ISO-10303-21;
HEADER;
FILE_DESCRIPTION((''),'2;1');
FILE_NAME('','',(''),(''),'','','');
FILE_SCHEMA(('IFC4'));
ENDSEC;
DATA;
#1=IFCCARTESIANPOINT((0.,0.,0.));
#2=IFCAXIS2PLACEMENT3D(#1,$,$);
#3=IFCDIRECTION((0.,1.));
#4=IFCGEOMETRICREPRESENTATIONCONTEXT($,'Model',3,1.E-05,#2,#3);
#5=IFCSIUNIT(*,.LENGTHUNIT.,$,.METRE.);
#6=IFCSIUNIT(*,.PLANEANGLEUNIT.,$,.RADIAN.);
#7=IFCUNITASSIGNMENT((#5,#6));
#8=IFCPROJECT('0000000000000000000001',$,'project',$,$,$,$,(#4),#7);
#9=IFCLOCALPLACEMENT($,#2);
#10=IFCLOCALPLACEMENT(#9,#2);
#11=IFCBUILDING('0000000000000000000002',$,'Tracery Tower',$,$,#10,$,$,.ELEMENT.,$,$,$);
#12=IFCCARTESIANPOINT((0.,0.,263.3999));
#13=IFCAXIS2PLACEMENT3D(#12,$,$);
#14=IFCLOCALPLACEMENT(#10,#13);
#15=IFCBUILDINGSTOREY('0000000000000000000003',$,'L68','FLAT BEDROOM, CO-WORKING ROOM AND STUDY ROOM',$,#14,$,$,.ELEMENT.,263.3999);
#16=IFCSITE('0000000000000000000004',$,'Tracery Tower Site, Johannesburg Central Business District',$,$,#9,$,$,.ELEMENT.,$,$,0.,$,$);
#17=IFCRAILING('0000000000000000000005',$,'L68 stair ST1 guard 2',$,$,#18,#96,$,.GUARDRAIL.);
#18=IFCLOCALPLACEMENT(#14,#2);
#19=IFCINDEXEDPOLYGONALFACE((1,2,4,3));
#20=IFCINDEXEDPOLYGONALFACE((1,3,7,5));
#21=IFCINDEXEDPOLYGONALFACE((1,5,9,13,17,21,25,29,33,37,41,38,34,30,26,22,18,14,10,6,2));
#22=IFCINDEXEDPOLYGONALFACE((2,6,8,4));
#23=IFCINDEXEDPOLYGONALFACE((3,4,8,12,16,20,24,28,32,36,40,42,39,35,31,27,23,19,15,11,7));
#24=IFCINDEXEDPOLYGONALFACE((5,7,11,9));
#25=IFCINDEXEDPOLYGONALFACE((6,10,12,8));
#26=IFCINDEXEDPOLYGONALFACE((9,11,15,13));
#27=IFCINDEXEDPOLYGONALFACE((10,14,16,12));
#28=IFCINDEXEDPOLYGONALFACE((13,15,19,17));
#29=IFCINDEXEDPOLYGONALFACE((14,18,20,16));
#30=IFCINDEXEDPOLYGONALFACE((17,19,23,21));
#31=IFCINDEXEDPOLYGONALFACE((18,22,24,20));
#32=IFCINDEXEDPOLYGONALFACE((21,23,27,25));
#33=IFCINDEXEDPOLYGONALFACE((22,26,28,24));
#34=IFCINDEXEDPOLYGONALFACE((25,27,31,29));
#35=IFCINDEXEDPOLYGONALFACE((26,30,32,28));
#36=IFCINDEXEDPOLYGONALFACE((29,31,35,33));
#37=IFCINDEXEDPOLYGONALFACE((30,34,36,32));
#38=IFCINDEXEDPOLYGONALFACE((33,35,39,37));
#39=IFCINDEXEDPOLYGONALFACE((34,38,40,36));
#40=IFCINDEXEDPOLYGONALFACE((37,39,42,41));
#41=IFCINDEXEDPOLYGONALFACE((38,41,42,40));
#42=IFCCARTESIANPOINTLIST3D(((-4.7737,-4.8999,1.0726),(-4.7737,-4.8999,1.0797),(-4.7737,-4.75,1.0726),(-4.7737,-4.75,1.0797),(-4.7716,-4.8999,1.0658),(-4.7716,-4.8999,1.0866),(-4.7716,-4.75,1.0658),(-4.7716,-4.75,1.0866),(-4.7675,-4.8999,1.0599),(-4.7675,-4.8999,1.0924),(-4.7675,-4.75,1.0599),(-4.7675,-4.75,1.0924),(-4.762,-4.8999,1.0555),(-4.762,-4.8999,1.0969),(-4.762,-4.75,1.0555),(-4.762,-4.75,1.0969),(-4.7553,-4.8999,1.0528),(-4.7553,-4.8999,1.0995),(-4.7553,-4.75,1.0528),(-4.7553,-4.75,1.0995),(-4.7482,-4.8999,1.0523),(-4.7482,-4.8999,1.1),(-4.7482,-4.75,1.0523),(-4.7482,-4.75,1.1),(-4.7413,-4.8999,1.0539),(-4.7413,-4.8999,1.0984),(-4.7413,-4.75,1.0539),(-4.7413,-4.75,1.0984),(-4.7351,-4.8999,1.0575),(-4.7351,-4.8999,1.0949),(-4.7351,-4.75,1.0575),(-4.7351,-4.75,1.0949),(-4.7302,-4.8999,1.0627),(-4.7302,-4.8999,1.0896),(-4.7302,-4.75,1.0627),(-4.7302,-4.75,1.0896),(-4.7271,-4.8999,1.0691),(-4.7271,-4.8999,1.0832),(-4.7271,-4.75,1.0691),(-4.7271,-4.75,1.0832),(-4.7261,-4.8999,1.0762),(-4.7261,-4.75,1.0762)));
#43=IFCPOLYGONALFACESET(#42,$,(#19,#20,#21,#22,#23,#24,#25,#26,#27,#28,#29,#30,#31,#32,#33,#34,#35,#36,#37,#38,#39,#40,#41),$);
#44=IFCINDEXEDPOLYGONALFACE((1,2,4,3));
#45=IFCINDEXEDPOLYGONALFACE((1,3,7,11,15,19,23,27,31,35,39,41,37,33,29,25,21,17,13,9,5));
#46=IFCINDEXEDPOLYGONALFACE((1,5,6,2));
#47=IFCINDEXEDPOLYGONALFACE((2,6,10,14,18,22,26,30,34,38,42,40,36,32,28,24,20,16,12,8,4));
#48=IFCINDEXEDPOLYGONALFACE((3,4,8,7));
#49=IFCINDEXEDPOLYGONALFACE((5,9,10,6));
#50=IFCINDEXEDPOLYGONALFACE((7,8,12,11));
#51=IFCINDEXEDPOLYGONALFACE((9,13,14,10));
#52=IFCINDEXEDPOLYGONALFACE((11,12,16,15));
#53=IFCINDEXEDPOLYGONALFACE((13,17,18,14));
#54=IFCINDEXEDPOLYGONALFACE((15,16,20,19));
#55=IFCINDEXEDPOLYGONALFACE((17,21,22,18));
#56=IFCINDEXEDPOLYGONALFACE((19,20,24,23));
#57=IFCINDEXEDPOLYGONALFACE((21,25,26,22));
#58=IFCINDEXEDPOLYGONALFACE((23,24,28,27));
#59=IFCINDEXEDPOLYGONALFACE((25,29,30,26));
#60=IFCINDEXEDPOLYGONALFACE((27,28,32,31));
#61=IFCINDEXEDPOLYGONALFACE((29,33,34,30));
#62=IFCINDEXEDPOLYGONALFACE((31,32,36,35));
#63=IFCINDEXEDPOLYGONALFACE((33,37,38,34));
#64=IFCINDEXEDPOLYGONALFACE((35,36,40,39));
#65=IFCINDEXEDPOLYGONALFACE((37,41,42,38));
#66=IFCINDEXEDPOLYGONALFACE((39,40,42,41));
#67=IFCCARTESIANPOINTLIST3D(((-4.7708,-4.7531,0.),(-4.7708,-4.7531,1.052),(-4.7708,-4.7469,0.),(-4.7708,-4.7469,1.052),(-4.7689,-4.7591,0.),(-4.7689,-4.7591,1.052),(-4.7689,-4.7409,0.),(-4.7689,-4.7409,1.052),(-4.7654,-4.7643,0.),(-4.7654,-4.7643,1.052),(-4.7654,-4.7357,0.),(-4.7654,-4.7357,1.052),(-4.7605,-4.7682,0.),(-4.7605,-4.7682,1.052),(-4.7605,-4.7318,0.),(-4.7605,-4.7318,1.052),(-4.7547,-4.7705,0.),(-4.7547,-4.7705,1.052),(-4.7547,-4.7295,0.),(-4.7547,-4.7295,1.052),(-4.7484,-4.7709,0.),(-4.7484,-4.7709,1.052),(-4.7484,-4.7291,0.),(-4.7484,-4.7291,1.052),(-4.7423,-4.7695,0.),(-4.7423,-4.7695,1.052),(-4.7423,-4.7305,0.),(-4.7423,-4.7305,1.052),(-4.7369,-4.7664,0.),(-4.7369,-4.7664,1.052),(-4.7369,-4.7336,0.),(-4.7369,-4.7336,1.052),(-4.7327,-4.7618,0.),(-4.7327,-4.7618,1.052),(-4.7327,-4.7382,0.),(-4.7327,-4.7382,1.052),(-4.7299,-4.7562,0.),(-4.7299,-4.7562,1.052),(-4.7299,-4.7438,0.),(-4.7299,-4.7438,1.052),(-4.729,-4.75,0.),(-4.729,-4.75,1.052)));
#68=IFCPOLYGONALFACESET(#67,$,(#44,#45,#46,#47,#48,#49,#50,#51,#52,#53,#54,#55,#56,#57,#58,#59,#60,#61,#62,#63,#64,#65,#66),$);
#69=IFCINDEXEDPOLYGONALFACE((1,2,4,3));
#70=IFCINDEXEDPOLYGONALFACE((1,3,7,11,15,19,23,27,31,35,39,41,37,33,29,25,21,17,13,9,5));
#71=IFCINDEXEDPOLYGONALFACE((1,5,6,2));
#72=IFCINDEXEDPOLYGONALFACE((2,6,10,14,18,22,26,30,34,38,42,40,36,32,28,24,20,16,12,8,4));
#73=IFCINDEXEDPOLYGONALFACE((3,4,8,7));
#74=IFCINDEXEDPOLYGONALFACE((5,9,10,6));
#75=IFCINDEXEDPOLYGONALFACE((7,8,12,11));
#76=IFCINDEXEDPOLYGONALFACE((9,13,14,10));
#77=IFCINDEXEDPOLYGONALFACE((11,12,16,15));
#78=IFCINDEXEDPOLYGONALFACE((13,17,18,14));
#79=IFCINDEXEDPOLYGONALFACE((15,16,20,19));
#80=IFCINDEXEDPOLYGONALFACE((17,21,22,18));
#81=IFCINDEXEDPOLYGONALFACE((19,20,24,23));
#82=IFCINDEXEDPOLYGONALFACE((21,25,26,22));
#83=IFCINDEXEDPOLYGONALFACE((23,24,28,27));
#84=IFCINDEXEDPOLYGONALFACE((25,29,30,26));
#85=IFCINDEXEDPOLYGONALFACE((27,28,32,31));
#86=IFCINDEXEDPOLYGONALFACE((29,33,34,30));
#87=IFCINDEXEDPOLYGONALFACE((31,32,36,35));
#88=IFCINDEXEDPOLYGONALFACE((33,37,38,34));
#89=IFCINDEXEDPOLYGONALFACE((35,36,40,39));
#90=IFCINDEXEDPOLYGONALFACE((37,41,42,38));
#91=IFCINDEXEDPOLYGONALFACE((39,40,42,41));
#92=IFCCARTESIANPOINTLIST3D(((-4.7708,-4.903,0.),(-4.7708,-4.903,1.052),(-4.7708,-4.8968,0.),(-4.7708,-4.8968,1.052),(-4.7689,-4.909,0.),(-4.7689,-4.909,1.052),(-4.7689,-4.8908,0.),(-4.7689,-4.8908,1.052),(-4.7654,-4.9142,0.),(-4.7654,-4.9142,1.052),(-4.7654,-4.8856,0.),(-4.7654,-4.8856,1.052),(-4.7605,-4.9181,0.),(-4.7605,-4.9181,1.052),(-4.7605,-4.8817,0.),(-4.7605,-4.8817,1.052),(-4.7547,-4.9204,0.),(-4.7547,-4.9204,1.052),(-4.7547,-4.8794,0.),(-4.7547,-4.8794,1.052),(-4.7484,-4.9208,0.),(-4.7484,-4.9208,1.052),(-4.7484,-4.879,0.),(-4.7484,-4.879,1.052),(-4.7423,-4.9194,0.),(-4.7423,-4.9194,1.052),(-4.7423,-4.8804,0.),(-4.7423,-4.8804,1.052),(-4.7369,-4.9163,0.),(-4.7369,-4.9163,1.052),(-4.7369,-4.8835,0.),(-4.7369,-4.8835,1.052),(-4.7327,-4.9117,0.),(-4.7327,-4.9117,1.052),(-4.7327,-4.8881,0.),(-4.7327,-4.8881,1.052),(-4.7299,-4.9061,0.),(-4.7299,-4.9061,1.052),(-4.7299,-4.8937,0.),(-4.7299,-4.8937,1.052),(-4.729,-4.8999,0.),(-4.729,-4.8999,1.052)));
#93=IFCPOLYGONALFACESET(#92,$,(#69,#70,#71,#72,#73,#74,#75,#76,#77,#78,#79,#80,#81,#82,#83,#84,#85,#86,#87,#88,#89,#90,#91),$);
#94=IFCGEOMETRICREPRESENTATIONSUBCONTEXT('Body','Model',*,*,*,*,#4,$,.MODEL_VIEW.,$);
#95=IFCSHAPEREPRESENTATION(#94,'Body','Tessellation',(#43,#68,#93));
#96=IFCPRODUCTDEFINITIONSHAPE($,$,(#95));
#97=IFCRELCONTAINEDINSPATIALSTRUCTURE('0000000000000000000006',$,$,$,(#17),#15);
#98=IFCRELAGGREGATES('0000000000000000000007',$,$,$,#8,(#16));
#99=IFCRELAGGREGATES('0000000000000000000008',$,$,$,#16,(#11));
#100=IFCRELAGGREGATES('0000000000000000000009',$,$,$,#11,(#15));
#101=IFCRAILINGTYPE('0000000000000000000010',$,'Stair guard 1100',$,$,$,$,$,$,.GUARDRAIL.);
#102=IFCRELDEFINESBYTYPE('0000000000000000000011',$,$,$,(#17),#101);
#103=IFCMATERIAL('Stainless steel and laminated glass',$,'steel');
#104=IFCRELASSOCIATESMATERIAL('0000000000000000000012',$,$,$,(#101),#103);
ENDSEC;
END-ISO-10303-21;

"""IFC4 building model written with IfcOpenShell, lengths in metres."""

from ifc_helpers import new_model, si_unit, direction, frame, origin, origin_2d, place, context, subcontext, project, spatial, circle, extrude, material, type_object, element, save


model = new_model("IFC4")

# Units and contexts
model_context = context("Model", 3, precision=1e-05, world=origin(), true_north=direction((0.0, 1.0)))
body_context = subcontext(model_context, "Body", "Model", "MODEL_VIEW")
ifc_project = project(units=[si_unit("LENGTHUNIT", "METRE"), si_unit("PLANEANGLEUNIT", "RADIAN")], contexts=[model_context])

# Site, building, storey
site_placement = place(None, origin())
site = spatial("IfcSite", under=ifc_project, at=site_placement, Name="Tracery Tower Site, Johannesburg Central Business District", CompositionType="ELEMENT", RefElevation=0.0)
building_placement = place(site_placement, origin())
building = spatial("IfcBuilding", under=site, at=building_placement, Name="Tracery Tower", CompositionType="ELEMENT")
storey_placement = place(building_placement, frame((0.0, 0.0, 263.3999)))
storey = spatial("IfcBuildingStorey", under=building, at=storey_placement, Name="L68", Description="FLAT BEDROOM, CO-WORKING ROOM AND STUDY ROOM", CompositionType="ELEMENT", Elevation=263.3999)

# Railing
ifc_material_1 = material(Name="Stainless steel and laminated glass", Category="steel")
railing_type_1 = type_object("IfcRailingType", Name="Stair guard 1100", PredefinedType="GUARDRAIL", material=ifc_material_1)
railing_1_placement = place(storey_placement, frame((-4.75, -4.75, 0.0)))
element("IfcRailing", 1, at=railing_1_placement, inside=storey, type_object=railing_type_1, Name="L68 stair ST1 guard 2", PredefinedType="GUARDRAIL", context=body_context, shape_type="SweptSolid", body=[
    extrude(circle(Radius=0.0239, at=origin_2d()), frame((0.0, 0.0, 1.0762), z_axis=(0.0, -1.0, 0.0), x_axis=(1.0, 0.0, 0.0)), (0.0, 0.0, 1.0), 0.1499),
    extrude(circle(Radius=0.021, at=origin_2d()), origin(), (0.0, 0.0, 1.0), 1.052),
    extrude(circle(Radius=0.021, at=origin_2d()), frame((0.0, -0.1499, 0.0)), (0.0, 0.0, 1.0), 1.052),
])

save(model, "model.ifc")
